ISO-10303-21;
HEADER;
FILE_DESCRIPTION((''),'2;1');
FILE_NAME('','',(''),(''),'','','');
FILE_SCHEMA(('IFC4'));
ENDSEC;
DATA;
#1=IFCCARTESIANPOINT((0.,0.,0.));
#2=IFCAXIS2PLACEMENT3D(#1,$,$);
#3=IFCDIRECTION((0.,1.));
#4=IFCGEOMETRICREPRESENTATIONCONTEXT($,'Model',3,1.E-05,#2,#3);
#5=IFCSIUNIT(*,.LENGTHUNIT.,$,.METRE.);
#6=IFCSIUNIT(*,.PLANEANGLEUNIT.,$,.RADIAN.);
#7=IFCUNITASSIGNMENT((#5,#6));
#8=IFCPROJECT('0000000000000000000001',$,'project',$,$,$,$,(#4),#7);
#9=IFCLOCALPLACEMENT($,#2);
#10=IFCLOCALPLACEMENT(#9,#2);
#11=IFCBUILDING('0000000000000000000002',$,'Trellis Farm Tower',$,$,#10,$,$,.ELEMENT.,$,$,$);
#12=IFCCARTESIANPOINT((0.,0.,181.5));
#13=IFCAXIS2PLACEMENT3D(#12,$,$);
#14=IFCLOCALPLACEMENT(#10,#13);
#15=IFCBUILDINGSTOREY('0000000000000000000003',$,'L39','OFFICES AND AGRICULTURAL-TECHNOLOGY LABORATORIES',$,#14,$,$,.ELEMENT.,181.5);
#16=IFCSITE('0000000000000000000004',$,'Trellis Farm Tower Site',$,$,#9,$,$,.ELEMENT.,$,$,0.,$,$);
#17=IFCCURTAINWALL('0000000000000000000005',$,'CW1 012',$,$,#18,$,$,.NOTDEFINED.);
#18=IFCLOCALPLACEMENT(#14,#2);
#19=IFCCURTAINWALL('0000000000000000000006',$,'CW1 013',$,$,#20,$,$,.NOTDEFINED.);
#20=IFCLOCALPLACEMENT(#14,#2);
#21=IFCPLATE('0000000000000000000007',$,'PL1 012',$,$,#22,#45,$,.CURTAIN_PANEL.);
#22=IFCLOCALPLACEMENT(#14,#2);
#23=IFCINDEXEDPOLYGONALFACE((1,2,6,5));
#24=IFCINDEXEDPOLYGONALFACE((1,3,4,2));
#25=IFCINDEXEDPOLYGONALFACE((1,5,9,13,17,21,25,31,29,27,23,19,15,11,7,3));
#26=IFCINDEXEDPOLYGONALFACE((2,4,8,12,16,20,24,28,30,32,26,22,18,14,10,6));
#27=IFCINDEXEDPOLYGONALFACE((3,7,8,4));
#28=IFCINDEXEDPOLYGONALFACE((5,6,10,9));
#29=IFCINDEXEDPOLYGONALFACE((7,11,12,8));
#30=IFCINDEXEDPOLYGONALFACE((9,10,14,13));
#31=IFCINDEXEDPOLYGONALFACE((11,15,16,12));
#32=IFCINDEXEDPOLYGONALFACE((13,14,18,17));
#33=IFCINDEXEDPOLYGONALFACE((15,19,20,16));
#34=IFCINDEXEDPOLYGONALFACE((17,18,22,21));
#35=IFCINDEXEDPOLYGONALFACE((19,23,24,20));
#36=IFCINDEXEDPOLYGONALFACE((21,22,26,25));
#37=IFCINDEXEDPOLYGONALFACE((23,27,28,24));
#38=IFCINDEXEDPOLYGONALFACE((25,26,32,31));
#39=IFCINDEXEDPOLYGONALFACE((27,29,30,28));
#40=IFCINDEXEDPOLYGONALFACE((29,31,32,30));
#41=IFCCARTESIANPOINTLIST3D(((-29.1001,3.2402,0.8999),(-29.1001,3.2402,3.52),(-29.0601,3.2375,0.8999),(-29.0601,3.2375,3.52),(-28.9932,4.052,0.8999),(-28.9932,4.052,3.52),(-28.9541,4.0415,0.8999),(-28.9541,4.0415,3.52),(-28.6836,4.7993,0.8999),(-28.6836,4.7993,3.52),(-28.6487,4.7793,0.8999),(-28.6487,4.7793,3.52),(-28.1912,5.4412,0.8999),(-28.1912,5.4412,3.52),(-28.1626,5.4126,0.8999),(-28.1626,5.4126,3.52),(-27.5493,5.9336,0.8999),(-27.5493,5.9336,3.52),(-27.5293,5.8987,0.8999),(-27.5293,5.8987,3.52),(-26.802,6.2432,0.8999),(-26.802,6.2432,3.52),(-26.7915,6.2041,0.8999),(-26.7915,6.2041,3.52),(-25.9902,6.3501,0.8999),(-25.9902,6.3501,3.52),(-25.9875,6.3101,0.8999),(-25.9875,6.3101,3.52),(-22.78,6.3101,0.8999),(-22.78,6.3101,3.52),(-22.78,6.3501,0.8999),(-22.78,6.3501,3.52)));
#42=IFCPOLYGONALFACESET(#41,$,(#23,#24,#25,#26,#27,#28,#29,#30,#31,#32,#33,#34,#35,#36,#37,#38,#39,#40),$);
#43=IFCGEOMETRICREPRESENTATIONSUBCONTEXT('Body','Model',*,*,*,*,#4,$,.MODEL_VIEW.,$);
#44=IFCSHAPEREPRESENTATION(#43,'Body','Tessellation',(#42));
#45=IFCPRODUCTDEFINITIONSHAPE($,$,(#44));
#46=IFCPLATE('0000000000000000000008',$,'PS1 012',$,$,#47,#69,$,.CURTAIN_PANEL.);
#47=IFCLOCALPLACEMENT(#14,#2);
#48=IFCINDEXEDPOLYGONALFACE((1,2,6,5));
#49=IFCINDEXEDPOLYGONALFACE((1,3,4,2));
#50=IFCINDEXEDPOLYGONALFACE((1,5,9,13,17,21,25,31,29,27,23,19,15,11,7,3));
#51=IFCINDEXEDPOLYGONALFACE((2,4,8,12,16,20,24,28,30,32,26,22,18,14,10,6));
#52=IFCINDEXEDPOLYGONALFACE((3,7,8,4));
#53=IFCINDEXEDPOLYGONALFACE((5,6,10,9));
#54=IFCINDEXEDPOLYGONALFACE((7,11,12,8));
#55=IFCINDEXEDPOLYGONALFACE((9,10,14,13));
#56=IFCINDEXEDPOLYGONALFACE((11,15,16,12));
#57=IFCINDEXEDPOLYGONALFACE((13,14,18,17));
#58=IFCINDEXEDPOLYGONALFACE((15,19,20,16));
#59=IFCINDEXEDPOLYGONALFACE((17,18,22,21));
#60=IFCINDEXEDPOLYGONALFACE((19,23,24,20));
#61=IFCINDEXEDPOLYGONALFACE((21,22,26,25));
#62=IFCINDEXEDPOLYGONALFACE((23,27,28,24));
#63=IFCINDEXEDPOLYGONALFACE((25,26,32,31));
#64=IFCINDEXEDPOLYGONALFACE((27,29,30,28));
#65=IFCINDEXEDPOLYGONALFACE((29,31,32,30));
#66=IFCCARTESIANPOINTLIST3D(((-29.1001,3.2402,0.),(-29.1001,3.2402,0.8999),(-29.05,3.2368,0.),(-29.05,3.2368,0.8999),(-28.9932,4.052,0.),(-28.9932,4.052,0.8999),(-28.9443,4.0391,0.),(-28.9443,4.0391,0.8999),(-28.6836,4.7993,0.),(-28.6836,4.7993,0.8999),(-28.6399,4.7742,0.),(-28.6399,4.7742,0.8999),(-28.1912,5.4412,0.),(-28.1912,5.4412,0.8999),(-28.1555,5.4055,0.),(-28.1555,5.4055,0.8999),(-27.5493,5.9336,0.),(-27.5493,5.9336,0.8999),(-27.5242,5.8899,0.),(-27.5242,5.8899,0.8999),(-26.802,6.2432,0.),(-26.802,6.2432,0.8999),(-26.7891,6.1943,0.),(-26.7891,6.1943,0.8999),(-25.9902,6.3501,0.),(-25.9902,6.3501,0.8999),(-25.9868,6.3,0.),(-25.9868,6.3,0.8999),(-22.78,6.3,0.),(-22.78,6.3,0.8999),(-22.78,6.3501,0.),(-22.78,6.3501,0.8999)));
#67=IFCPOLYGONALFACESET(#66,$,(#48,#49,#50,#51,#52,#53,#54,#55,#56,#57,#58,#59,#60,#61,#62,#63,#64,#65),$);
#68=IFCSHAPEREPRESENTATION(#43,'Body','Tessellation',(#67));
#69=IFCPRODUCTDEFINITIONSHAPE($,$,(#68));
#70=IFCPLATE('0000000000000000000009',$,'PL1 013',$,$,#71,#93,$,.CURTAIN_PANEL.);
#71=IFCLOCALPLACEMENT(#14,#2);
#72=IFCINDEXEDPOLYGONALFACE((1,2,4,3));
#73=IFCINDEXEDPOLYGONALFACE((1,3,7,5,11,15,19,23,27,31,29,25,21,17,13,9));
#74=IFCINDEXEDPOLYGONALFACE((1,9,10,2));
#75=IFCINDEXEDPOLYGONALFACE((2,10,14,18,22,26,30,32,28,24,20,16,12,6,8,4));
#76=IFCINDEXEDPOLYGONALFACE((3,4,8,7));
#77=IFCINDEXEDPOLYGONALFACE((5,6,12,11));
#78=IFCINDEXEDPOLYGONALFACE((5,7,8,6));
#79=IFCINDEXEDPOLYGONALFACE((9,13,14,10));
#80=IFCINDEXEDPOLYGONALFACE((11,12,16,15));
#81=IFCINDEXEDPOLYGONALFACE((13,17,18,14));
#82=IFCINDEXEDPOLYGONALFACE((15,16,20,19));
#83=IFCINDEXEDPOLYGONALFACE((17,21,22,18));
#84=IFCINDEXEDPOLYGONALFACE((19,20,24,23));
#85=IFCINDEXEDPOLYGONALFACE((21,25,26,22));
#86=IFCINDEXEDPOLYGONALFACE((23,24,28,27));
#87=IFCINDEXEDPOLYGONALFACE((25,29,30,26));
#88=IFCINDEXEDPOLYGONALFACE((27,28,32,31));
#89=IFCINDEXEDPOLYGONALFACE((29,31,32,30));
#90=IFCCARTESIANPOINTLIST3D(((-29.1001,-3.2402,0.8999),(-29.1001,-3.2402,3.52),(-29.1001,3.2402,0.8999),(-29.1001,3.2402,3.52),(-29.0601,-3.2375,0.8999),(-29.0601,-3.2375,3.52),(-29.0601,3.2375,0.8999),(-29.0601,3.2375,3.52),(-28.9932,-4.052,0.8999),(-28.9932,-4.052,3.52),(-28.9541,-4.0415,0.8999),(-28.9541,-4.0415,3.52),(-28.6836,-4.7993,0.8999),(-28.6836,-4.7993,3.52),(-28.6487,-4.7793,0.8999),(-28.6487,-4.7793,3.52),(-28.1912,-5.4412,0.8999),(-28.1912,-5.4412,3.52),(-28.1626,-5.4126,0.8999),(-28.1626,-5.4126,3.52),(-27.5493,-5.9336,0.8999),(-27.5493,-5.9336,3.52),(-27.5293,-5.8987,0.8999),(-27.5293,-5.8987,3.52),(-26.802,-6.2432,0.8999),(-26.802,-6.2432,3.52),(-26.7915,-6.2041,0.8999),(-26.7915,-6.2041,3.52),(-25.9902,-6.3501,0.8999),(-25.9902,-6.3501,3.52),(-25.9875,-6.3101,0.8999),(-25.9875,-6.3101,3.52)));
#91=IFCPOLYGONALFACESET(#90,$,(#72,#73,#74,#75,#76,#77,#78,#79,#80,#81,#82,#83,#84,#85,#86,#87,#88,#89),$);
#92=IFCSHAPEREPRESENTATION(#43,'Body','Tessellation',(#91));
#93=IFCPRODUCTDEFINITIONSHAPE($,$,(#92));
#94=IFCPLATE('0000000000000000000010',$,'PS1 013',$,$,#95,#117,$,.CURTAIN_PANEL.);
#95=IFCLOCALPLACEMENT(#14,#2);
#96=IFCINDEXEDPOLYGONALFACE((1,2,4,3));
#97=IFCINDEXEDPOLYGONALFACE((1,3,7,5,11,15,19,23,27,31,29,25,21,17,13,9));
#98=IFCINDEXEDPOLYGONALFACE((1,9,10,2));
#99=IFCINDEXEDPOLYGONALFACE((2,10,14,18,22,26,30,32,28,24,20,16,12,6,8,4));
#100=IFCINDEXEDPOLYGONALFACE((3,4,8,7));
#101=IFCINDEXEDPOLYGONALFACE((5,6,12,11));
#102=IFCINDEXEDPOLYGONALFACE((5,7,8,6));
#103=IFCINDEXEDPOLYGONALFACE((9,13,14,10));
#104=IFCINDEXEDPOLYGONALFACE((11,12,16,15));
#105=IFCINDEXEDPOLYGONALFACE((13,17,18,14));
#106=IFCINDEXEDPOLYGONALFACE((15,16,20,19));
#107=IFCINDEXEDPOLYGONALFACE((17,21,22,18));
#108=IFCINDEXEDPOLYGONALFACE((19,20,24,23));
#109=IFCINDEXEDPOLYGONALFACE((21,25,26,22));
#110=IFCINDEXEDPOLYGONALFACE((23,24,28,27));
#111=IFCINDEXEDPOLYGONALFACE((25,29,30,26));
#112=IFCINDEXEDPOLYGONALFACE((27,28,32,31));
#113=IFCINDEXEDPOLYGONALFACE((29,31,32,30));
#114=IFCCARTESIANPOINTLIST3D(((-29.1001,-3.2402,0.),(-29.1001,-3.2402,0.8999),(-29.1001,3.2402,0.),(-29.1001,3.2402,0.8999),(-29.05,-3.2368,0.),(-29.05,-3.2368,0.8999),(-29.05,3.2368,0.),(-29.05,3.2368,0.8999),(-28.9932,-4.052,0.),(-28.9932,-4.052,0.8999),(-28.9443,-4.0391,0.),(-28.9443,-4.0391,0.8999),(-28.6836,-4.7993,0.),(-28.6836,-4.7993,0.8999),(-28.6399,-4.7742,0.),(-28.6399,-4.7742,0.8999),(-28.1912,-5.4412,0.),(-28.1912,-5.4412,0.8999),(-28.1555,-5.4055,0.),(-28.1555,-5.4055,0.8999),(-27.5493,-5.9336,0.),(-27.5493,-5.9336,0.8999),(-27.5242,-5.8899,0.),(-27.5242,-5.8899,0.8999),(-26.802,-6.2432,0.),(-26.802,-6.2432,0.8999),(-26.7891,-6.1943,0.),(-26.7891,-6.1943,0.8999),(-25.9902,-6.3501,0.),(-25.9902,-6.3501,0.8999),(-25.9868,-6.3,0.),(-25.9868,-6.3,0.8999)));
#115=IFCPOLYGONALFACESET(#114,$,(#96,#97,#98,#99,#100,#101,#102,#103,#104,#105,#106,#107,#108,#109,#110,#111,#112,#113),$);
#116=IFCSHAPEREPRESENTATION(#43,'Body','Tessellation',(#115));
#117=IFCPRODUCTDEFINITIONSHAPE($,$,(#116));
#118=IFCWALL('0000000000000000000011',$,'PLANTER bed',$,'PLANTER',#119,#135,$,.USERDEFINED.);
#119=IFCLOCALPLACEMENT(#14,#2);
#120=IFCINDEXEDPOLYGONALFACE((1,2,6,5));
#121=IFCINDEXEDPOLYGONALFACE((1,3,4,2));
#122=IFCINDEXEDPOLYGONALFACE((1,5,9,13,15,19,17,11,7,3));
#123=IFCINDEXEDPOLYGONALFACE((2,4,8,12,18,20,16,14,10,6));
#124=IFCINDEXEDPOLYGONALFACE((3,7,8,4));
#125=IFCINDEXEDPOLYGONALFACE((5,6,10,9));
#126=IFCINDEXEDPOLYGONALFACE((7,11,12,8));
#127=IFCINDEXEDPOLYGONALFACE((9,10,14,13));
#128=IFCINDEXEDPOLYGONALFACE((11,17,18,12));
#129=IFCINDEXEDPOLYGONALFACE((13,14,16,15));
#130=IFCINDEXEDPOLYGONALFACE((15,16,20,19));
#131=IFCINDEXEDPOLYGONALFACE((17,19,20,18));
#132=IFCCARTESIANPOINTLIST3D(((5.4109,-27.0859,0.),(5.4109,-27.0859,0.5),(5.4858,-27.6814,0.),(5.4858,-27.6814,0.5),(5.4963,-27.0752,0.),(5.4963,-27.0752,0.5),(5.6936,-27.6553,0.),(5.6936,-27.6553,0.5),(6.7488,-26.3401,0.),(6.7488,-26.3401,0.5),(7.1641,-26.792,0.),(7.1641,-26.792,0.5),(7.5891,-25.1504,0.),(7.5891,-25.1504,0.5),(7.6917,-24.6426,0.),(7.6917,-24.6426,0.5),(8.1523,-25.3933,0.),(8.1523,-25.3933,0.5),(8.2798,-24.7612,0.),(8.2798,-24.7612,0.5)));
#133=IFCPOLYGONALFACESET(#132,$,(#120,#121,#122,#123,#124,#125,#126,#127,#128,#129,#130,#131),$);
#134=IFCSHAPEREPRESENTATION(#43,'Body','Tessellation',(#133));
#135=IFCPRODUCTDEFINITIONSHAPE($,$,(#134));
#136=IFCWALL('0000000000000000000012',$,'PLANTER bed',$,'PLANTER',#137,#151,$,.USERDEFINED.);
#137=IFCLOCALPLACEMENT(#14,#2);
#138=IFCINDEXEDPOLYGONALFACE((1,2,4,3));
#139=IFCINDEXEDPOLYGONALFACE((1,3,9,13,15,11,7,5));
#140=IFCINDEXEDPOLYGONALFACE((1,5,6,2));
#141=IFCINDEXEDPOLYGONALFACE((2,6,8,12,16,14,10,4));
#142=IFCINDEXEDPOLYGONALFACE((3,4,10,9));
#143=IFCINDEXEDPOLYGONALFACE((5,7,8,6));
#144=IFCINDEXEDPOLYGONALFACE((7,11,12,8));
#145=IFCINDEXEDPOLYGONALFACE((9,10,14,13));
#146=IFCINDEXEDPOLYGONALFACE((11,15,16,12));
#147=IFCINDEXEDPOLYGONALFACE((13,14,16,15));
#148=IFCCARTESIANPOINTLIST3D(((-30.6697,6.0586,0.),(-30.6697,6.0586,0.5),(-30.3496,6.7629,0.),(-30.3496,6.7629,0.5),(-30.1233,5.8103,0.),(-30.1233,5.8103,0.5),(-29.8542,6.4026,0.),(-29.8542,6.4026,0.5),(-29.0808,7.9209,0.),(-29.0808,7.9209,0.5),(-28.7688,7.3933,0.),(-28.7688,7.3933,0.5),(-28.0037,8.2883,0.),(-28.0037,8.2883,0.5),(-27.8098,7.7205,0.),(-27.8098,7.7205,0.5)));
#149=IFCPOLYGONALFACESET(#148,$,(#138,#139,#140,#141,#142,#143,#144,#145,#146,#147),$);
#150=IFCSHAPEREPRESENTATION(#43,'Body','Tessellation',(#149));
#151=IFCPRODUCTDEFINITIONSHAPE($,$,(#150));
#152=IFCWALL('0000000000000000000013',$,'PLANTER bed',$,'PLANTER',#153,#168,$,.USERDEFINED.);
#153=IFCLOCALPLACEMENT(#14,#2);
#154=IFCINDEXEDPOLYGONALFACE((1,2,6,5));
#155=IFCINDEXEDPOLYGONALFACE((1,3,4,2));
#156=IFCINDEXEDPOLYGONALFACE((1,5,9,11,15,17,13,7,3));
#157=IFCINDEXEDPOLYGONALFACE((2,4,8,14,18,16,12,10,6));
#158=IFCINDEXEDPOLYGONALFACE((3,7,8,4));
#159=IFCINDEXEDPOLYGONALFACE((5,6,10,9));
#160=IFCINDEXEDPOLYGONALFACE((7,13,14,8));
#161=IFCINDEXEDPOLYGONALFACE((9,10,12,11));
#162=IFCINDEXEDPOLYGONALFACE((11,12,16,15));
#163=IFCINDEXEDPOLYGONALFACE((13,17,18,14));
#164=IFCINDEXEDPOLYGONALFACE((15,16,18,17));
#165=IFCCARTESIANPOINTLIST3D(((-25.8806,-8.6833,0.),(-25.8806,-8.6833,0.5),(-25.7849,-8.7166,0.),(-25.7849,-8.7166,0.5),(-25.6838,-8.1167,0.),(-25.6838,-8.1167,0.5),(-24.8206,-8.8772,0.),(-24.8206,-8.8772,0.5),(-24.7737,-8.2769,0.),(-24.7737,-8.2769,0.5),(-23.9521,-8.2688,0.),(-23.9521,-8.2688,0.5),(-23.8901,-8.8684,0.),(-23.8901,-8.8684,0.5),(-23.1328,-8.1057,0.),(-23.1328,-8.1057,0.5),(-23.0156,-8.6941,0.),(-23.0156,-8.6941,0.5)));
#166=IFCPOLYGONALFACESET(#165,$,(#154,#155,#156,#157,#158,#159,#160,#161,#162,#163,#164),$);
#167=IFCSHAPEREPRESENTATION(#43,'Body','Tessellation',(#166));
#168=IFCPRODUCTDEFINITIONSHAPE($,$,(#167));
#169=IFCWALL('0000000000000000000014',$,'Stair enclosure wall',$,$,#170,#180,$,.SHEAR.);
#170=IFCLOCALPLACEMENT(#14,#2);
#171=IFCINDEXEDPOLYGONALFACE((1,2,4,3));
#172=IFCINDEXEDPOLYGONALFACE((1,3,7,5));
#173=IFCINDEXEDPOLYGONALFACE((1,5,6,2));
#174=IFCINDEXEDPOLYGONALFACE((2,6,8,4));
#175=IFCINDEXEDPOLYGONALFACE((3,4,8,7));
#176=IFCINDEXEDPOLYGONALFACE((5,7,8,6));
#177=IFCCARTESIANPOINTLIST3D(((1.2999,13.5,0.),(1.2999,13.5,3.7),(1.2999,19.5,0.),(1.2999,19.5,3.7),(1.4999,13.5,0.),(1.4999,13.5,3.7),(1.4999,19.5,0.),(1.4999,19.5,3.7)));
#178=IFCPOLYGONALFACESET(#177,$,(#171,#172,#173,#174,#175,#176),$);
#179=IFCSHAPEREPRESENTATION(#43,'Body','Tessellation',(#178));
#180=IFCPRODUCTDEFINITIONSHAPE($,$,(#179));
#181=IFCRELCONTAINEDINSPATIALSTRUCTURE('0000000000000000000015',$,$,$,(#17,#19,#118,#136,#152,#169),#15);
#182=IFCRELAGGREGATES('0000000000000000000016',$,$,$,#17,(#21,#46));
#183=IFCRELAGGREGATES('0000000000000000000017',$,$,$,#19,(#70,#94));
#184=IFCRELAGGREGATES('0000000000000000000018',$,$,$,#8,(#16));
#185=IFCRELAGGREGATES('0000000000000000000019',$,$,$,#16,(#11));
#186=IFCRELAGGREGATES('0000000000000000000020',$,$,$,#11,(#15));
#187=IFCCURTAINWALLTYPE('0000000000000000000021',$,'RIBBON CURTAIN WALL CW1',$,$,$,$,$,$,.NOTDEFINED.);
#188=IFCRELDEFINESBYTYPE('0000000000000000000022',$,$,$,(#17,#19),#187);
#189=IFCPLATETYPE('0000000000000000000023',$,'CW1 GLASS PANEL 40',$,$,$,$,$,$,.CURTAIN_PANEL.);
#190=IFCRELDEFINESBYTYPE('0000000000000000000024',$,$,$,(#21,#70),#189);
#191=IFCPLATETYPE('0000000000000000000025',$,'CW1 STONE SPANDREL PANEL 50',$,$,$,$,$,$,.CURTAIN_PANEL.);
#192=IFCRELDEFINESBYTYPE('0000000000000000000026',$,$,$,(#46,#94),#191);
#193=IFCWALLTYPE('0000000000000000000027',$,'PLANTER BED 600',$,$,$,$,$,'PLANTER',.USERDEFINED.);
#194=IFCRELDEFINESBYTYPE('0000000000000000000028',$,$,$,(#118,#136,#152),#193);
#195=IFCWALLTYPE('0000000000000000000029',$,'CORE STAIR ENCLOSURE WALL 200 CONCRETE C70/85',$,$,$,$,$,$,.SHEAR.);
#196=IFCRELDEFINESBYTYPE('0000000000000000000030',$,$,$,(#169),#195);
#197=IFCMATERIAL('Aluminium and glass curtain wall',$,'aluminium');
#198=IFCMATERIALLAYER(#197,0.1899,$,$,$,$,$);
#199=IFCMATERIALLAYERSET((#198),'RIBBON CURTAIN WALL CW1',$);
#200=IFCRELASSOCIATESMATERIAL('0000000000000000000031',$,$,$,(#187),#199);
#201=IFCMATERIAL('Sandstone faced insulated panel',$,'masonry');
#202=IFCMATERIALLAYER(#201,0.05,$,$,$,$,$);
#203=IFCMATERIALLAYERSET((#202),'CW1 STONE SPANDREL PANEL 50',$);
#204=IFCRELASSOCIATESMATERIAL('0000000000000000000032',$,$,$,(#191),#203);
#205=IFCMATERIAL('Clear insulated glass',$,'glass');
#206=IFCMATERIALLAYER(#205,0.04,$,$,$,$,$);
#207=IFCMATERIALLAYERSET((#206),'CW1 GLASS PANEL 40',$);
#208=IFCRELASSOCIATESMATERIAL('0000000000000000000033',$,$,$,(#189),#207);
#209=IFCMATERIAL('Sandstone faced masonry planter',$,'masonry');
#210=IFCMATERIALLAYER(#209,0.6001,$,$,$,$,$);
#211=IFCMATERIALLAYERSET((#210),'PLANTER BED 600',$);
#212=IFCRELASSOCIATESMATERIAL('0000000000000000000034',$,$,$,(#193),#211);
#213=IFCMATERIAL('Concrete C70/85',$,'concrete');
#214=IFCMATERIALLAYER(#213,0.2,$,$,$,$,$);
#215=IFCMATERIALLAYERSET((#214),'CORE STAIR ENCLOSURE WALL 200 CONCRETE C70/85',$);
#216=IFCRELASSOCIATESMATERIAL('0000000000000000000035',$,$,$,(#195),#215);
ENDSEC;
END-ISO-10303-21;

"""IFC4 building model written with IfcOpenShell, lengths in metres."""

from ifc_helpers import new_model, si_unit, direction, frame, frame_2d, origin, place, context, subcontext, project, spatial, polyline, rectangle, outline, extrude, source, transform, mapped, material, layer, layer_set, type_object, element, aggregate, save


model = new_model("IFC4")

# Units and contexts
model_context = context("Model", 3, precision=1e-05, world=origin(), true_north=direction((0.0, 1.0)))
body_context = subcontext(model_context, "Body", "Model", "MODEL_VIEW")
ifc_project = project(units=[si_unit("LENGTHUNIT", "METRE"), si_unit("PLANEANGLEUNIT", "RADIAN")], contexts=[model_context])

# Site, building, storey
site_placement = place(None, origin())
site = spatial("IfcSite", under=ifc_project, at=site_placement, Name="Trellis Farm Tower Site", CompositionType="ELEMENT", RefElevation=0.0)
building_placement = place(site_placement, origin())
building = spatial("IfcBuilding", under=site, at=building_placement, Name="Trellis Farm Tower", CompositionType="ELEMENT")
storey_placement = place(building_placement, frame((0.0, 0.0, 181.5)))
storey = spatial("IfcBuildingStorey", under=building, at=storey_placement, Name="L39", Description="OFFICES AND AGRICULTURAL-TECHNOLOGY LABORATORIES", CompositionType="ELEMENT", Elevation=181.5)

# Shared definitions
ifc_material_1 = material(Name="Aluminium and glass curtain wall", Category="aluminium")
placement_1 = place(storey_placement, origin())
ifc_layer_1 = layer(ifc_material_1, 0.1899)
ifc_layer_set_1 = layer_set([ifc_layer_1], Name="RIBBON CURTAIN WALL CW1")
curtain_wall_type_1 = type_object("IfcCurtainWallType", Name="RIBBON CURTAIN WALL CW1", PredefinedType="NOTDEFINED", material=ifc_layer_set_1)

# Curtain walls
curtain_wall_1 = element("IfcCurtainWall", 1, at=placement_1, inside=storey, type_object=curtain_wall_type_1, Name="CW1 012", PredefinedType="NOTDEFINED")
curtain_wall_2 = element("IfcCurtainWall", 2, at=placement_1, inside=storey, type_object=curtain_wall_type_1, Name="CW1 013", PredefinedType="NOTDEFINED")

# Plates
ifc_material_2 = material(Name="Sandstone faced insulated panel", Category="masonry")
ifc_layer_2 = layer(ifc_material_2, 0.05)
ifc_layer_set_2 = layer_set([ifc_layer_2], Name="CW1 STONE SPANDREL PANEL 50")
plate_type_1 = type_object("IfcPlateType", Name="CW1 STONE SPANDREL PANEL 50", PredefinedType="CURTAIN_PANEL", material=ifc_layer_set_2)
ifc_material_3 = material(Name="Clear insulated glass", Category="glass")
ifc_layer_3 = layer(ifc_material_3, 0.04)
ifc_layer_set_3 = layer_set([ifc_layer_3], Name="CW1 GLASS PANEL 40")
plate_type_2 = type_object("IfcPlateType", Name="CW1 GLASS PANEL 40", PredefinedType="CURTAIN_PANEL", material=ifc_layer_set_3)
placement_2 = place(storey_placement, frame((0.0, 0.0, 0.8999)))
shared_shape_1 = source(origin(), body_context, "Body", "SweptSolid", [
    extrude(outline(polyline([(-22.78, 6.3501), (-25.9902, 6.3501), (-26.802, 6.2432), (-27.5493, 5.9336), (-28.1912, 5.4412), (-28.6836, 4.7993), (-28.9932, 4.052), (-29.1001, 3.2402), (-29.0601, 3.2375), (-28.9541, 4.0415), (-28.6487, 4.7793), (-28.1626, 5.4126), (-27.5293, 5.8987), (-26.7915, 6.2041), (-25.9875, 6.3101), (-22.78, 6.3101), (-22.78, 6.3501)])), origin(), (0.0, 0.0, 1.0), 2.6201),
])
plate_1 = element("IfcPlate", 3, at=placement_2, type_object=plate_type_2, Name="PL1 012", PredefinedType="CURTAIN_PANEL", context=body_context, shape_type="MappedRepresentation", body=[
    mapped(shared_shape_1, transform((0.0, 0.0, 0.0))),
])
shared_shape_2 = source(origin(), body_context, "Body", "SweptSolid", [
    extrude(outline(polyline([(-22.78, 6.3501), (-25.9902, 6.3501), (-26.802, 6.2432), (-27.5493, 5.9336), (-28.1912, 5.4412), (-28.6836, 4.7993), (-28.9932, 4.052), (-29.1001, 3.2402), (-29.05, 3.2368), (-28.9443, 4.0391), (-28.6399, 4.7742), (-28.1555, 5.4055), (-27.5242, 5.8899), (-26.7891, 6.1943), (-25.9868, 6.3), (-22.78, 6.3), (-22.78, 6.3501)])), origin(), (0.0, 0.0, 1.0), 0.8999),
])
plate_2 = element("IfcPlate", 4, at=placement_1, type_object=plate_type_1, Name="PS1 012", PredefinedType="CURTAIN_PANEL", context=body_context, shape_type="MappedRepresentation", body=[
    mapped(shared_shape_2, transform((0.0, 0.0, 0.0))),
])
aggregate(curtain_wall_1, [plate_1, plate_2])
shared_shape_3 = source(origin(), body_context, "Body", "SweptSolid", [
    extrude(outline(polyline([(-29.1001, 3.2402), (-29.1001, -3.2402), (-28.9932, -4.052), (-28.6836, -4.7993), (-28.1912, -5.4412), (-27.5493, -5.9336), (-26.802, -6.2432), (-25.9902, -6.3501), (-25.9875, -6.3101), (-26.7915, -6.2041), (-27.5293, -5.8987), (-28.1626, -5.4126), (-28.6487, -4.7793), (-28.9541, -4.0415), (-29.0601, -3.2375), (-29.0601, 3.2375), (-29.1001, 3.2402)])), origin(), (0.0, 0.0, 1.0), 2.6201),
])
plate_3 = element("IfcPlate", 5, at=placement_2, type_object=plate_type_2, Name="PL1 013", PredefinedType="CURTAIN_PANEL", context=body_context, shape_type="MappedRepresentation", body=[
    mapped(shared_shape_3, transform((0.0, 0.0, 0.0))),
])
shared_shape_4 = source(origin(), body_context, "Body", "SweptSolid", [
    extrude(outline(polyline([(-29.1001, 3.2402), (-29.1001, -3.2402), (-28.9932, -4.052), (-28.6836, -4.7993), (-28.1912, -5.4412), (-27.5493, -5.9336), (-26.802, -6.2432), (-25.9902, -6.3501), (-25.9868, -6.3), (-26.7891, -6.1943), (-27.5242, -5.8899), (-28.1555, -5.4055), (-28.6399, -4.7742), (-28.9443, -4.0391), (-29.05, -3.2368), (-29.05, 3.2368), (-29.1001, 3.2402)])), origin(), (0.0, 0.0, 1.0), 0.8999),
])
plate_4 = element("IfcPlate", 6, at=placement_1, type_object=plate_type_1, Name="PS1 013", PredefinedType="CURTAIN_PANEL", context=body_context, shape_type="MappedRepresentation", body=[
    mapped(shared_shape_4, transform((0.0, 0.0, 0.0))),
])
aggregate(curtain_wall_2, [plate_3, plate_4])

# Walls
ifc_material_4 = material(Name="Sandstone faced masonry planter", Category="masonry")
ifc_layer_4 = layer(ifc_material_4, 0.6001)
ifc_layer_set_4 = layer_set([ifc_layer_4], Name="PLANTER BED 600")
wall_type_1 = type_object("IfcWallType", Name="PLANTER BED 600", ElementType="PLANTER", PredefinedType="USERDEFINED", material=ifc_layer_set_4)
element("IfcWall", 7, at=placement_1, inside=storey, type_object=wall_type_1, Name="PLANTER bed", ObjectType="PLANTER", PredefinedType="USERDEFINED", context=body_context, shape_type="SweptSolid", body=[
    extrude(outline(polyline([(8.1523, -25.3933), (7.1641, -26.792), (5.6936, -27.6553), (5.4858, -27.6814), (5.4109, -27.0859), (5.4963, -27.0752), (6.7488, -26.3401), (7.5891, -25.1504), (7.6917, -24.6426), (8.2798, -24.7612), (8.1523, -25.3933)])), origin(), (0.0, 0.0, 1.0), 0.5),
])
element("IfcWall", 8, at=placement_1, inside=storey, type_object=wall_type_1, Name="PLANTER bed", ObjectType="PLANTER", PredefinedType="USERDEFINED", context=body_context, shape_type="SweptSolid", body=[
    extrude(outline(polyline([(-29.0808, 7.9209), (-28.0037, 8.2883), (-27.8098, 7.7205), (-28.7688, 7.3933), (-29.8542, 6.4026), (-30.1233, 5.8103), (-30.6697, 6.0586), (-30.3496, 6.7629), (-29.0808, 7.9209)])), origin(), (0.0, 0.0, 1.0), 0.5),
])
element("IfcWall", 9, at=placement_1, inside=storey, type_object=wall_type_1, Name="PLANTER bed", ObjectType="PLANTER", PredefinedType="USERDEFINED", context=body_context, shape_type="SweptSolid", body=[
    extrude(outline(polyline([(-24.8206, -8.8772), (-25.7849, -8.7166), (-25.8806, -8.6833), (-25.6838, -8.1167), (-24.7737, -8.2769), (-23.9521, -8.2688), (-23.1328, -8.1057), (-23.0156, -8.6941), (-23.8901, -8.8684), (-24.8206, -8.8772)])), origin(), (0.0, 0.0, 1.0), 0.5),
])
ifc_material_5 = material(Name="Concrete C70/85", Category="concrete")
ifc_layer_5 = layer(ifc_material_5, 0.2)
ifc_layer_set_5 = layer_set([ifc_layer_5], Name="CORE STAIR ENCLOSURE WALL 200 CONCRETE C70/85")
wall_type_2 = type_object("IfcWallType", Name="CORE STAIR ENCLOSURE WALL 200 CONCRETE C70/85", PredefinedType="SHEAR", material=ifc_layer_set_5)
shared_shape_5 = source(origin(), body_context, "Body", "SweptSolid", [
    extrude(rectangle(XDim=6.0, YDim=0.2, at=frame_2d((3.0, 0.0))), origin(), (0.0, 0.0, 1.0), 3.7),
])
wall_1_placement = place(storey_placement, frame((1.3999, 13.5, 0.0), z_axis=(0.0, 0.0, 1.0), x_axis=(0.0, 1.0, 0.0)))
element("IfcWall", 10, at=wall_1_placement, inside=storey, type_object=wall_type_2, Name="Stair enclosure wall", PredefinedType="SHEAR", context=body_context, shape_type="MappedRepresentation", body=[
    mapped(shared_shape_5, transform((0.0, 0.0, 0.0))),
])

save(model, "model.ifc")
